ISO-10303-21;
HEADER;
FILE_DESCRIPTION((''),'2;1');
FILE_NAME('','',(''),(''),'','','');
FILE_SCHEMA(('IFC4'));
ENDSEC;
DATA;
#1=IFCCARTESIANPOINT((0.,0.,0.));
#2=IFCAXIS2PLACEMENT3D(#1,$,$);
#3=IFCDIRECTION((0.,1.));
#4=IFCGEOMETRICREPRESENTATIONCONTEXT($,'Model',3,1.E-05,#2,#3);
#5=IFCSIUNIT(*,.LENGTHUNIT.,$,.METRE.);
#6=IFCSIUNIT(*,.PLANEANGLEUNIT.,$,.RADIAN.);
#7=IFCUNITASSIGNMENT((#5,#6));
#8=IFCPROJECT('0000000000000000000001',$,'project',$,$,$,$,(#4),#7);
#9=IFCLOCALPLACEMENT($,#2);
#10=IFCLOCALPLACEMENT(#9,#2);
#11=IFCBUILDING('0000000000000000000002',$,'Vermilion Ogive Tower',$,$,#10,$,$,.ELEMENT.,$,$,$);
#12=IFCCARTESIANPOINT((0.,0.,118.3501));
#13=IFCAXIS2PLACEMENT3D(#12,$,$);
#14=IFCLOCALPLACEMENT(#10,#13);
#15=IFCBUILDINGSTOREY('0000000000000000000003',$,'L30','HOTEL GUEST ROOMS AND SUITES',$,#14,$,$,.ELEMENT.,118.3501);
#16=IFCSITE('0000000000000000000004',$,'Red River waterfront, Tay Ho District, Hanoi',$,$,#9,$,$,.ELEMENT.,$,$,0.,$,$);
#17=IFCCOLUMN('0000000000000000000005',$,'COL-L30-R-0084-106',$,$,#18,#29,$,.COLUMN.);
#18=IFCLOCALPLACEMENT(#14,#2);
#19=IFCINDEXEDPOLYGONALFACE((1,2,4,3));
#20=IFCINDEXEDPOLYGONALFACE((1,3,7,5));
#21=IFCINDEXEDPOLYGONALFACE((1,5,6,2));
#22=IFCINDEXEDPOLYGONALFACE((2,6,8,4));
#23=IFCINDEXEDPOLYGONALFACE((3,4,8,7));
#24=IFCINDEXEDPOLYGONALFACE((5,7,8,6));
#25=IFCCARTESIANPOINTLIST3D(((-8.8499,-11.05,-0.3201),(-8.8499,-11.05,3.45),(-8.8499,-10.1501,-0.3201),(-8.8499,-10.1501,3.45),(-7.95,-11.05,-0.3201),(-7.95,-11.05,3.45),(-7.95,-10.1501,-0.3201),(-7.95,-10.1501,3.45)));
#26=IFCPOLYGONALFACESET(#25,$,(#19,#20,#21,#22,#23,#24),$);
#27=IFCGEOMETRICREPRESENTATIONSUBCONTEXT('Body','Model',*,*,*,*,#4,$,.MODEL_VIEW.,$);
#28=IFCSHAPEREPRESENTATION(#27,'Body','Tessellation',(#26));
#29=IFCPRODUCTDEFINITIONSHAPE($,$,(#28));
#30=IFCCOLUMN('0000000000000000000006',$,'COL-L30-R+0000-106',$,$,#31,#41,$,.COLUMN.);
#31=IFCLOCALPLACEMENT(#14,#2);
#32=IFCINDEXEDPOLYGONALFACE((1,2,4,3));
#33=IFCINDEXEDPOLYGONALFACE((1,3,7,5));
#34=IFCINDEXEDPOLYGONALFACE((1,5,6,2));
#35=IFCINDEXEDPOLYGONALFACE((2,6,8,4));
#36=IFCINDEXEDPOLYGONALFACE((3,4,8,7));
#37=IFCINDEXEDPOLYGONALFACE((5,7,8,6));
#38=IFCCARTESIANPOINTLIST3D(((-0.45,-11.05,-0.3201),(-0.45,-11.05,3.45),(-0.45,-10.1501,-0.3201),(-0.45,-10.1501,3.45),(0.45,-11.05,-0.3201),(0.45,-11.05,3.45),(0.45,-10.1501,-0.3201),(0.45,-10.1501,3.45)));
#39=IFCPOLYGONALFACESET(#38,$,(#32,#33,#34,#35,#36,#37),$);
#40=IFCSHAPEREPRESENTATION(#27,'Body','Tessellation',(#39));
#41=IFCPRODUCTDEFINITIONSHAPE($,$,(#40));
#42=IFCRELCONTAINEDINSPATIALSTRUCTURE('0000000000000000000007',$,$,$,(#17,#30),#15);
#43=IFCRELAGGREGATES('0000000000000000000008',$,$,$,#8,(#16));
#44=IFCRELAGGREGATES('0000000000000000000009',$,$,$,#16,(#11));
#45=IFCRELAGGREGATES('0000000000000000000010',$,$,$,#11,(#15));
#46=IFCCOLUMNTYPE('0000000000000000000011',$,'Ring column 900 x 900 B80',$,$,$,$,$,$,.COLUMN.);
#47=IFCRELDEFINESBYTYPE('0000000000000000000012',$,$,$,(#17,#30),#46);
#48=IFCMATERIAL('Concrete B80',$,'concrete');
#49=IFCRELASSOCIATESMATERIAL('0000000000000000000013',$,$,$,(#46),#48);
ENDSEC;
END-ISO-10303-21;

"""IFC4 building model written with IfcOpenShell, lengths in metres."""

from ifc_helpers import new_model, si_unit, direction, frame, origin, origin_2d, place, context, subcontext, project, spatial, rectangle, extrude, material, material_profile, profile_set, type_object, element, save


model = new_model("IFC4")

# Units and contexts
model_context = context("Model", 3, precision=1e-05, world=origin(), true_north=direction((0.0, 1.0)))
body_context = subcontext(model_context, "Body", "Model", "MODEL_VIEW")
ifc_project = project(units=[si_unit("LENGTHUNIT", "METRE"), si_unit("PLANEANGLEUNIT", "RADIAN")], contexts=[model_context])

# Site, building, storey
site_placement = place(None, origin())
site = spatial("IfcSite", under=ifc_project, at=site_placement, Name="Red River waterfront, Tay Ho District, Hanoi", CompositionType="ELEMENT", RefElevation=0.0)
building_placement = place(site_placement, origin())
building = spatial("IfcBuilding", under=site, at=building_placement, Name="Vermilion Ogive Tower", CompositionType="ELEMENT")
storey_placement = place(building_placement, frame((0.0, 0.0, 118.3501)))
storey = spatial("IfcBuildingStorey", under=building, at=storey_placement, Name="L30", Description="HOTEL GUEST ROOMS AND SUITES", CompositionType="ELEMENT", Elevation=118.3501)

# Columns
ifc_material_1 = material(Name="Concrete B80", Category="concrete")
ifc_material_profile = material_profile(ifc_material_1, rectangle(XDim=0.8999, YDim=0.8999, at=origin_2d()), Name="900 x 900")
ifc_profile_set = profile_set([ifc_material_profile], Name="Concrete B80")
column_type = type_object("IfcColumnType", Name="Ring column 900 x 900 B80", PredefinedType="COLUMN", material=ifc_profile_set)
for number, where, z_axis, x_axis, name in (
    (1, (-8.3999, -10.6001, -0.3201), (0.0, 0.0, 1.0), (1.0, 0.0, 0.0), "COL-L30-R-0084-106"),
    (2, (0.0, -10.6001, -0.3201), (0.0, 0.0, 1.0), (1.0, 0.0, 0.0), "COL-L30-R+0000-106"),
):
    element("IfcColumn", number, at=place(storey_placement, frame(where, z_axis=z_axis, x_axis=x_axis)), inside=storey, type_object=column_type, Name=name, PredefinedType="COLUMN", context=body_context, shape_type="SweptSolid", body=[
        extrude(rectangle(XDim=0.8999, YDim=0.8999, at=origin_2d()), origin(), (0.0, 0.0, 1.0), 3.77),
    ])

save(model, "model.ifc")
